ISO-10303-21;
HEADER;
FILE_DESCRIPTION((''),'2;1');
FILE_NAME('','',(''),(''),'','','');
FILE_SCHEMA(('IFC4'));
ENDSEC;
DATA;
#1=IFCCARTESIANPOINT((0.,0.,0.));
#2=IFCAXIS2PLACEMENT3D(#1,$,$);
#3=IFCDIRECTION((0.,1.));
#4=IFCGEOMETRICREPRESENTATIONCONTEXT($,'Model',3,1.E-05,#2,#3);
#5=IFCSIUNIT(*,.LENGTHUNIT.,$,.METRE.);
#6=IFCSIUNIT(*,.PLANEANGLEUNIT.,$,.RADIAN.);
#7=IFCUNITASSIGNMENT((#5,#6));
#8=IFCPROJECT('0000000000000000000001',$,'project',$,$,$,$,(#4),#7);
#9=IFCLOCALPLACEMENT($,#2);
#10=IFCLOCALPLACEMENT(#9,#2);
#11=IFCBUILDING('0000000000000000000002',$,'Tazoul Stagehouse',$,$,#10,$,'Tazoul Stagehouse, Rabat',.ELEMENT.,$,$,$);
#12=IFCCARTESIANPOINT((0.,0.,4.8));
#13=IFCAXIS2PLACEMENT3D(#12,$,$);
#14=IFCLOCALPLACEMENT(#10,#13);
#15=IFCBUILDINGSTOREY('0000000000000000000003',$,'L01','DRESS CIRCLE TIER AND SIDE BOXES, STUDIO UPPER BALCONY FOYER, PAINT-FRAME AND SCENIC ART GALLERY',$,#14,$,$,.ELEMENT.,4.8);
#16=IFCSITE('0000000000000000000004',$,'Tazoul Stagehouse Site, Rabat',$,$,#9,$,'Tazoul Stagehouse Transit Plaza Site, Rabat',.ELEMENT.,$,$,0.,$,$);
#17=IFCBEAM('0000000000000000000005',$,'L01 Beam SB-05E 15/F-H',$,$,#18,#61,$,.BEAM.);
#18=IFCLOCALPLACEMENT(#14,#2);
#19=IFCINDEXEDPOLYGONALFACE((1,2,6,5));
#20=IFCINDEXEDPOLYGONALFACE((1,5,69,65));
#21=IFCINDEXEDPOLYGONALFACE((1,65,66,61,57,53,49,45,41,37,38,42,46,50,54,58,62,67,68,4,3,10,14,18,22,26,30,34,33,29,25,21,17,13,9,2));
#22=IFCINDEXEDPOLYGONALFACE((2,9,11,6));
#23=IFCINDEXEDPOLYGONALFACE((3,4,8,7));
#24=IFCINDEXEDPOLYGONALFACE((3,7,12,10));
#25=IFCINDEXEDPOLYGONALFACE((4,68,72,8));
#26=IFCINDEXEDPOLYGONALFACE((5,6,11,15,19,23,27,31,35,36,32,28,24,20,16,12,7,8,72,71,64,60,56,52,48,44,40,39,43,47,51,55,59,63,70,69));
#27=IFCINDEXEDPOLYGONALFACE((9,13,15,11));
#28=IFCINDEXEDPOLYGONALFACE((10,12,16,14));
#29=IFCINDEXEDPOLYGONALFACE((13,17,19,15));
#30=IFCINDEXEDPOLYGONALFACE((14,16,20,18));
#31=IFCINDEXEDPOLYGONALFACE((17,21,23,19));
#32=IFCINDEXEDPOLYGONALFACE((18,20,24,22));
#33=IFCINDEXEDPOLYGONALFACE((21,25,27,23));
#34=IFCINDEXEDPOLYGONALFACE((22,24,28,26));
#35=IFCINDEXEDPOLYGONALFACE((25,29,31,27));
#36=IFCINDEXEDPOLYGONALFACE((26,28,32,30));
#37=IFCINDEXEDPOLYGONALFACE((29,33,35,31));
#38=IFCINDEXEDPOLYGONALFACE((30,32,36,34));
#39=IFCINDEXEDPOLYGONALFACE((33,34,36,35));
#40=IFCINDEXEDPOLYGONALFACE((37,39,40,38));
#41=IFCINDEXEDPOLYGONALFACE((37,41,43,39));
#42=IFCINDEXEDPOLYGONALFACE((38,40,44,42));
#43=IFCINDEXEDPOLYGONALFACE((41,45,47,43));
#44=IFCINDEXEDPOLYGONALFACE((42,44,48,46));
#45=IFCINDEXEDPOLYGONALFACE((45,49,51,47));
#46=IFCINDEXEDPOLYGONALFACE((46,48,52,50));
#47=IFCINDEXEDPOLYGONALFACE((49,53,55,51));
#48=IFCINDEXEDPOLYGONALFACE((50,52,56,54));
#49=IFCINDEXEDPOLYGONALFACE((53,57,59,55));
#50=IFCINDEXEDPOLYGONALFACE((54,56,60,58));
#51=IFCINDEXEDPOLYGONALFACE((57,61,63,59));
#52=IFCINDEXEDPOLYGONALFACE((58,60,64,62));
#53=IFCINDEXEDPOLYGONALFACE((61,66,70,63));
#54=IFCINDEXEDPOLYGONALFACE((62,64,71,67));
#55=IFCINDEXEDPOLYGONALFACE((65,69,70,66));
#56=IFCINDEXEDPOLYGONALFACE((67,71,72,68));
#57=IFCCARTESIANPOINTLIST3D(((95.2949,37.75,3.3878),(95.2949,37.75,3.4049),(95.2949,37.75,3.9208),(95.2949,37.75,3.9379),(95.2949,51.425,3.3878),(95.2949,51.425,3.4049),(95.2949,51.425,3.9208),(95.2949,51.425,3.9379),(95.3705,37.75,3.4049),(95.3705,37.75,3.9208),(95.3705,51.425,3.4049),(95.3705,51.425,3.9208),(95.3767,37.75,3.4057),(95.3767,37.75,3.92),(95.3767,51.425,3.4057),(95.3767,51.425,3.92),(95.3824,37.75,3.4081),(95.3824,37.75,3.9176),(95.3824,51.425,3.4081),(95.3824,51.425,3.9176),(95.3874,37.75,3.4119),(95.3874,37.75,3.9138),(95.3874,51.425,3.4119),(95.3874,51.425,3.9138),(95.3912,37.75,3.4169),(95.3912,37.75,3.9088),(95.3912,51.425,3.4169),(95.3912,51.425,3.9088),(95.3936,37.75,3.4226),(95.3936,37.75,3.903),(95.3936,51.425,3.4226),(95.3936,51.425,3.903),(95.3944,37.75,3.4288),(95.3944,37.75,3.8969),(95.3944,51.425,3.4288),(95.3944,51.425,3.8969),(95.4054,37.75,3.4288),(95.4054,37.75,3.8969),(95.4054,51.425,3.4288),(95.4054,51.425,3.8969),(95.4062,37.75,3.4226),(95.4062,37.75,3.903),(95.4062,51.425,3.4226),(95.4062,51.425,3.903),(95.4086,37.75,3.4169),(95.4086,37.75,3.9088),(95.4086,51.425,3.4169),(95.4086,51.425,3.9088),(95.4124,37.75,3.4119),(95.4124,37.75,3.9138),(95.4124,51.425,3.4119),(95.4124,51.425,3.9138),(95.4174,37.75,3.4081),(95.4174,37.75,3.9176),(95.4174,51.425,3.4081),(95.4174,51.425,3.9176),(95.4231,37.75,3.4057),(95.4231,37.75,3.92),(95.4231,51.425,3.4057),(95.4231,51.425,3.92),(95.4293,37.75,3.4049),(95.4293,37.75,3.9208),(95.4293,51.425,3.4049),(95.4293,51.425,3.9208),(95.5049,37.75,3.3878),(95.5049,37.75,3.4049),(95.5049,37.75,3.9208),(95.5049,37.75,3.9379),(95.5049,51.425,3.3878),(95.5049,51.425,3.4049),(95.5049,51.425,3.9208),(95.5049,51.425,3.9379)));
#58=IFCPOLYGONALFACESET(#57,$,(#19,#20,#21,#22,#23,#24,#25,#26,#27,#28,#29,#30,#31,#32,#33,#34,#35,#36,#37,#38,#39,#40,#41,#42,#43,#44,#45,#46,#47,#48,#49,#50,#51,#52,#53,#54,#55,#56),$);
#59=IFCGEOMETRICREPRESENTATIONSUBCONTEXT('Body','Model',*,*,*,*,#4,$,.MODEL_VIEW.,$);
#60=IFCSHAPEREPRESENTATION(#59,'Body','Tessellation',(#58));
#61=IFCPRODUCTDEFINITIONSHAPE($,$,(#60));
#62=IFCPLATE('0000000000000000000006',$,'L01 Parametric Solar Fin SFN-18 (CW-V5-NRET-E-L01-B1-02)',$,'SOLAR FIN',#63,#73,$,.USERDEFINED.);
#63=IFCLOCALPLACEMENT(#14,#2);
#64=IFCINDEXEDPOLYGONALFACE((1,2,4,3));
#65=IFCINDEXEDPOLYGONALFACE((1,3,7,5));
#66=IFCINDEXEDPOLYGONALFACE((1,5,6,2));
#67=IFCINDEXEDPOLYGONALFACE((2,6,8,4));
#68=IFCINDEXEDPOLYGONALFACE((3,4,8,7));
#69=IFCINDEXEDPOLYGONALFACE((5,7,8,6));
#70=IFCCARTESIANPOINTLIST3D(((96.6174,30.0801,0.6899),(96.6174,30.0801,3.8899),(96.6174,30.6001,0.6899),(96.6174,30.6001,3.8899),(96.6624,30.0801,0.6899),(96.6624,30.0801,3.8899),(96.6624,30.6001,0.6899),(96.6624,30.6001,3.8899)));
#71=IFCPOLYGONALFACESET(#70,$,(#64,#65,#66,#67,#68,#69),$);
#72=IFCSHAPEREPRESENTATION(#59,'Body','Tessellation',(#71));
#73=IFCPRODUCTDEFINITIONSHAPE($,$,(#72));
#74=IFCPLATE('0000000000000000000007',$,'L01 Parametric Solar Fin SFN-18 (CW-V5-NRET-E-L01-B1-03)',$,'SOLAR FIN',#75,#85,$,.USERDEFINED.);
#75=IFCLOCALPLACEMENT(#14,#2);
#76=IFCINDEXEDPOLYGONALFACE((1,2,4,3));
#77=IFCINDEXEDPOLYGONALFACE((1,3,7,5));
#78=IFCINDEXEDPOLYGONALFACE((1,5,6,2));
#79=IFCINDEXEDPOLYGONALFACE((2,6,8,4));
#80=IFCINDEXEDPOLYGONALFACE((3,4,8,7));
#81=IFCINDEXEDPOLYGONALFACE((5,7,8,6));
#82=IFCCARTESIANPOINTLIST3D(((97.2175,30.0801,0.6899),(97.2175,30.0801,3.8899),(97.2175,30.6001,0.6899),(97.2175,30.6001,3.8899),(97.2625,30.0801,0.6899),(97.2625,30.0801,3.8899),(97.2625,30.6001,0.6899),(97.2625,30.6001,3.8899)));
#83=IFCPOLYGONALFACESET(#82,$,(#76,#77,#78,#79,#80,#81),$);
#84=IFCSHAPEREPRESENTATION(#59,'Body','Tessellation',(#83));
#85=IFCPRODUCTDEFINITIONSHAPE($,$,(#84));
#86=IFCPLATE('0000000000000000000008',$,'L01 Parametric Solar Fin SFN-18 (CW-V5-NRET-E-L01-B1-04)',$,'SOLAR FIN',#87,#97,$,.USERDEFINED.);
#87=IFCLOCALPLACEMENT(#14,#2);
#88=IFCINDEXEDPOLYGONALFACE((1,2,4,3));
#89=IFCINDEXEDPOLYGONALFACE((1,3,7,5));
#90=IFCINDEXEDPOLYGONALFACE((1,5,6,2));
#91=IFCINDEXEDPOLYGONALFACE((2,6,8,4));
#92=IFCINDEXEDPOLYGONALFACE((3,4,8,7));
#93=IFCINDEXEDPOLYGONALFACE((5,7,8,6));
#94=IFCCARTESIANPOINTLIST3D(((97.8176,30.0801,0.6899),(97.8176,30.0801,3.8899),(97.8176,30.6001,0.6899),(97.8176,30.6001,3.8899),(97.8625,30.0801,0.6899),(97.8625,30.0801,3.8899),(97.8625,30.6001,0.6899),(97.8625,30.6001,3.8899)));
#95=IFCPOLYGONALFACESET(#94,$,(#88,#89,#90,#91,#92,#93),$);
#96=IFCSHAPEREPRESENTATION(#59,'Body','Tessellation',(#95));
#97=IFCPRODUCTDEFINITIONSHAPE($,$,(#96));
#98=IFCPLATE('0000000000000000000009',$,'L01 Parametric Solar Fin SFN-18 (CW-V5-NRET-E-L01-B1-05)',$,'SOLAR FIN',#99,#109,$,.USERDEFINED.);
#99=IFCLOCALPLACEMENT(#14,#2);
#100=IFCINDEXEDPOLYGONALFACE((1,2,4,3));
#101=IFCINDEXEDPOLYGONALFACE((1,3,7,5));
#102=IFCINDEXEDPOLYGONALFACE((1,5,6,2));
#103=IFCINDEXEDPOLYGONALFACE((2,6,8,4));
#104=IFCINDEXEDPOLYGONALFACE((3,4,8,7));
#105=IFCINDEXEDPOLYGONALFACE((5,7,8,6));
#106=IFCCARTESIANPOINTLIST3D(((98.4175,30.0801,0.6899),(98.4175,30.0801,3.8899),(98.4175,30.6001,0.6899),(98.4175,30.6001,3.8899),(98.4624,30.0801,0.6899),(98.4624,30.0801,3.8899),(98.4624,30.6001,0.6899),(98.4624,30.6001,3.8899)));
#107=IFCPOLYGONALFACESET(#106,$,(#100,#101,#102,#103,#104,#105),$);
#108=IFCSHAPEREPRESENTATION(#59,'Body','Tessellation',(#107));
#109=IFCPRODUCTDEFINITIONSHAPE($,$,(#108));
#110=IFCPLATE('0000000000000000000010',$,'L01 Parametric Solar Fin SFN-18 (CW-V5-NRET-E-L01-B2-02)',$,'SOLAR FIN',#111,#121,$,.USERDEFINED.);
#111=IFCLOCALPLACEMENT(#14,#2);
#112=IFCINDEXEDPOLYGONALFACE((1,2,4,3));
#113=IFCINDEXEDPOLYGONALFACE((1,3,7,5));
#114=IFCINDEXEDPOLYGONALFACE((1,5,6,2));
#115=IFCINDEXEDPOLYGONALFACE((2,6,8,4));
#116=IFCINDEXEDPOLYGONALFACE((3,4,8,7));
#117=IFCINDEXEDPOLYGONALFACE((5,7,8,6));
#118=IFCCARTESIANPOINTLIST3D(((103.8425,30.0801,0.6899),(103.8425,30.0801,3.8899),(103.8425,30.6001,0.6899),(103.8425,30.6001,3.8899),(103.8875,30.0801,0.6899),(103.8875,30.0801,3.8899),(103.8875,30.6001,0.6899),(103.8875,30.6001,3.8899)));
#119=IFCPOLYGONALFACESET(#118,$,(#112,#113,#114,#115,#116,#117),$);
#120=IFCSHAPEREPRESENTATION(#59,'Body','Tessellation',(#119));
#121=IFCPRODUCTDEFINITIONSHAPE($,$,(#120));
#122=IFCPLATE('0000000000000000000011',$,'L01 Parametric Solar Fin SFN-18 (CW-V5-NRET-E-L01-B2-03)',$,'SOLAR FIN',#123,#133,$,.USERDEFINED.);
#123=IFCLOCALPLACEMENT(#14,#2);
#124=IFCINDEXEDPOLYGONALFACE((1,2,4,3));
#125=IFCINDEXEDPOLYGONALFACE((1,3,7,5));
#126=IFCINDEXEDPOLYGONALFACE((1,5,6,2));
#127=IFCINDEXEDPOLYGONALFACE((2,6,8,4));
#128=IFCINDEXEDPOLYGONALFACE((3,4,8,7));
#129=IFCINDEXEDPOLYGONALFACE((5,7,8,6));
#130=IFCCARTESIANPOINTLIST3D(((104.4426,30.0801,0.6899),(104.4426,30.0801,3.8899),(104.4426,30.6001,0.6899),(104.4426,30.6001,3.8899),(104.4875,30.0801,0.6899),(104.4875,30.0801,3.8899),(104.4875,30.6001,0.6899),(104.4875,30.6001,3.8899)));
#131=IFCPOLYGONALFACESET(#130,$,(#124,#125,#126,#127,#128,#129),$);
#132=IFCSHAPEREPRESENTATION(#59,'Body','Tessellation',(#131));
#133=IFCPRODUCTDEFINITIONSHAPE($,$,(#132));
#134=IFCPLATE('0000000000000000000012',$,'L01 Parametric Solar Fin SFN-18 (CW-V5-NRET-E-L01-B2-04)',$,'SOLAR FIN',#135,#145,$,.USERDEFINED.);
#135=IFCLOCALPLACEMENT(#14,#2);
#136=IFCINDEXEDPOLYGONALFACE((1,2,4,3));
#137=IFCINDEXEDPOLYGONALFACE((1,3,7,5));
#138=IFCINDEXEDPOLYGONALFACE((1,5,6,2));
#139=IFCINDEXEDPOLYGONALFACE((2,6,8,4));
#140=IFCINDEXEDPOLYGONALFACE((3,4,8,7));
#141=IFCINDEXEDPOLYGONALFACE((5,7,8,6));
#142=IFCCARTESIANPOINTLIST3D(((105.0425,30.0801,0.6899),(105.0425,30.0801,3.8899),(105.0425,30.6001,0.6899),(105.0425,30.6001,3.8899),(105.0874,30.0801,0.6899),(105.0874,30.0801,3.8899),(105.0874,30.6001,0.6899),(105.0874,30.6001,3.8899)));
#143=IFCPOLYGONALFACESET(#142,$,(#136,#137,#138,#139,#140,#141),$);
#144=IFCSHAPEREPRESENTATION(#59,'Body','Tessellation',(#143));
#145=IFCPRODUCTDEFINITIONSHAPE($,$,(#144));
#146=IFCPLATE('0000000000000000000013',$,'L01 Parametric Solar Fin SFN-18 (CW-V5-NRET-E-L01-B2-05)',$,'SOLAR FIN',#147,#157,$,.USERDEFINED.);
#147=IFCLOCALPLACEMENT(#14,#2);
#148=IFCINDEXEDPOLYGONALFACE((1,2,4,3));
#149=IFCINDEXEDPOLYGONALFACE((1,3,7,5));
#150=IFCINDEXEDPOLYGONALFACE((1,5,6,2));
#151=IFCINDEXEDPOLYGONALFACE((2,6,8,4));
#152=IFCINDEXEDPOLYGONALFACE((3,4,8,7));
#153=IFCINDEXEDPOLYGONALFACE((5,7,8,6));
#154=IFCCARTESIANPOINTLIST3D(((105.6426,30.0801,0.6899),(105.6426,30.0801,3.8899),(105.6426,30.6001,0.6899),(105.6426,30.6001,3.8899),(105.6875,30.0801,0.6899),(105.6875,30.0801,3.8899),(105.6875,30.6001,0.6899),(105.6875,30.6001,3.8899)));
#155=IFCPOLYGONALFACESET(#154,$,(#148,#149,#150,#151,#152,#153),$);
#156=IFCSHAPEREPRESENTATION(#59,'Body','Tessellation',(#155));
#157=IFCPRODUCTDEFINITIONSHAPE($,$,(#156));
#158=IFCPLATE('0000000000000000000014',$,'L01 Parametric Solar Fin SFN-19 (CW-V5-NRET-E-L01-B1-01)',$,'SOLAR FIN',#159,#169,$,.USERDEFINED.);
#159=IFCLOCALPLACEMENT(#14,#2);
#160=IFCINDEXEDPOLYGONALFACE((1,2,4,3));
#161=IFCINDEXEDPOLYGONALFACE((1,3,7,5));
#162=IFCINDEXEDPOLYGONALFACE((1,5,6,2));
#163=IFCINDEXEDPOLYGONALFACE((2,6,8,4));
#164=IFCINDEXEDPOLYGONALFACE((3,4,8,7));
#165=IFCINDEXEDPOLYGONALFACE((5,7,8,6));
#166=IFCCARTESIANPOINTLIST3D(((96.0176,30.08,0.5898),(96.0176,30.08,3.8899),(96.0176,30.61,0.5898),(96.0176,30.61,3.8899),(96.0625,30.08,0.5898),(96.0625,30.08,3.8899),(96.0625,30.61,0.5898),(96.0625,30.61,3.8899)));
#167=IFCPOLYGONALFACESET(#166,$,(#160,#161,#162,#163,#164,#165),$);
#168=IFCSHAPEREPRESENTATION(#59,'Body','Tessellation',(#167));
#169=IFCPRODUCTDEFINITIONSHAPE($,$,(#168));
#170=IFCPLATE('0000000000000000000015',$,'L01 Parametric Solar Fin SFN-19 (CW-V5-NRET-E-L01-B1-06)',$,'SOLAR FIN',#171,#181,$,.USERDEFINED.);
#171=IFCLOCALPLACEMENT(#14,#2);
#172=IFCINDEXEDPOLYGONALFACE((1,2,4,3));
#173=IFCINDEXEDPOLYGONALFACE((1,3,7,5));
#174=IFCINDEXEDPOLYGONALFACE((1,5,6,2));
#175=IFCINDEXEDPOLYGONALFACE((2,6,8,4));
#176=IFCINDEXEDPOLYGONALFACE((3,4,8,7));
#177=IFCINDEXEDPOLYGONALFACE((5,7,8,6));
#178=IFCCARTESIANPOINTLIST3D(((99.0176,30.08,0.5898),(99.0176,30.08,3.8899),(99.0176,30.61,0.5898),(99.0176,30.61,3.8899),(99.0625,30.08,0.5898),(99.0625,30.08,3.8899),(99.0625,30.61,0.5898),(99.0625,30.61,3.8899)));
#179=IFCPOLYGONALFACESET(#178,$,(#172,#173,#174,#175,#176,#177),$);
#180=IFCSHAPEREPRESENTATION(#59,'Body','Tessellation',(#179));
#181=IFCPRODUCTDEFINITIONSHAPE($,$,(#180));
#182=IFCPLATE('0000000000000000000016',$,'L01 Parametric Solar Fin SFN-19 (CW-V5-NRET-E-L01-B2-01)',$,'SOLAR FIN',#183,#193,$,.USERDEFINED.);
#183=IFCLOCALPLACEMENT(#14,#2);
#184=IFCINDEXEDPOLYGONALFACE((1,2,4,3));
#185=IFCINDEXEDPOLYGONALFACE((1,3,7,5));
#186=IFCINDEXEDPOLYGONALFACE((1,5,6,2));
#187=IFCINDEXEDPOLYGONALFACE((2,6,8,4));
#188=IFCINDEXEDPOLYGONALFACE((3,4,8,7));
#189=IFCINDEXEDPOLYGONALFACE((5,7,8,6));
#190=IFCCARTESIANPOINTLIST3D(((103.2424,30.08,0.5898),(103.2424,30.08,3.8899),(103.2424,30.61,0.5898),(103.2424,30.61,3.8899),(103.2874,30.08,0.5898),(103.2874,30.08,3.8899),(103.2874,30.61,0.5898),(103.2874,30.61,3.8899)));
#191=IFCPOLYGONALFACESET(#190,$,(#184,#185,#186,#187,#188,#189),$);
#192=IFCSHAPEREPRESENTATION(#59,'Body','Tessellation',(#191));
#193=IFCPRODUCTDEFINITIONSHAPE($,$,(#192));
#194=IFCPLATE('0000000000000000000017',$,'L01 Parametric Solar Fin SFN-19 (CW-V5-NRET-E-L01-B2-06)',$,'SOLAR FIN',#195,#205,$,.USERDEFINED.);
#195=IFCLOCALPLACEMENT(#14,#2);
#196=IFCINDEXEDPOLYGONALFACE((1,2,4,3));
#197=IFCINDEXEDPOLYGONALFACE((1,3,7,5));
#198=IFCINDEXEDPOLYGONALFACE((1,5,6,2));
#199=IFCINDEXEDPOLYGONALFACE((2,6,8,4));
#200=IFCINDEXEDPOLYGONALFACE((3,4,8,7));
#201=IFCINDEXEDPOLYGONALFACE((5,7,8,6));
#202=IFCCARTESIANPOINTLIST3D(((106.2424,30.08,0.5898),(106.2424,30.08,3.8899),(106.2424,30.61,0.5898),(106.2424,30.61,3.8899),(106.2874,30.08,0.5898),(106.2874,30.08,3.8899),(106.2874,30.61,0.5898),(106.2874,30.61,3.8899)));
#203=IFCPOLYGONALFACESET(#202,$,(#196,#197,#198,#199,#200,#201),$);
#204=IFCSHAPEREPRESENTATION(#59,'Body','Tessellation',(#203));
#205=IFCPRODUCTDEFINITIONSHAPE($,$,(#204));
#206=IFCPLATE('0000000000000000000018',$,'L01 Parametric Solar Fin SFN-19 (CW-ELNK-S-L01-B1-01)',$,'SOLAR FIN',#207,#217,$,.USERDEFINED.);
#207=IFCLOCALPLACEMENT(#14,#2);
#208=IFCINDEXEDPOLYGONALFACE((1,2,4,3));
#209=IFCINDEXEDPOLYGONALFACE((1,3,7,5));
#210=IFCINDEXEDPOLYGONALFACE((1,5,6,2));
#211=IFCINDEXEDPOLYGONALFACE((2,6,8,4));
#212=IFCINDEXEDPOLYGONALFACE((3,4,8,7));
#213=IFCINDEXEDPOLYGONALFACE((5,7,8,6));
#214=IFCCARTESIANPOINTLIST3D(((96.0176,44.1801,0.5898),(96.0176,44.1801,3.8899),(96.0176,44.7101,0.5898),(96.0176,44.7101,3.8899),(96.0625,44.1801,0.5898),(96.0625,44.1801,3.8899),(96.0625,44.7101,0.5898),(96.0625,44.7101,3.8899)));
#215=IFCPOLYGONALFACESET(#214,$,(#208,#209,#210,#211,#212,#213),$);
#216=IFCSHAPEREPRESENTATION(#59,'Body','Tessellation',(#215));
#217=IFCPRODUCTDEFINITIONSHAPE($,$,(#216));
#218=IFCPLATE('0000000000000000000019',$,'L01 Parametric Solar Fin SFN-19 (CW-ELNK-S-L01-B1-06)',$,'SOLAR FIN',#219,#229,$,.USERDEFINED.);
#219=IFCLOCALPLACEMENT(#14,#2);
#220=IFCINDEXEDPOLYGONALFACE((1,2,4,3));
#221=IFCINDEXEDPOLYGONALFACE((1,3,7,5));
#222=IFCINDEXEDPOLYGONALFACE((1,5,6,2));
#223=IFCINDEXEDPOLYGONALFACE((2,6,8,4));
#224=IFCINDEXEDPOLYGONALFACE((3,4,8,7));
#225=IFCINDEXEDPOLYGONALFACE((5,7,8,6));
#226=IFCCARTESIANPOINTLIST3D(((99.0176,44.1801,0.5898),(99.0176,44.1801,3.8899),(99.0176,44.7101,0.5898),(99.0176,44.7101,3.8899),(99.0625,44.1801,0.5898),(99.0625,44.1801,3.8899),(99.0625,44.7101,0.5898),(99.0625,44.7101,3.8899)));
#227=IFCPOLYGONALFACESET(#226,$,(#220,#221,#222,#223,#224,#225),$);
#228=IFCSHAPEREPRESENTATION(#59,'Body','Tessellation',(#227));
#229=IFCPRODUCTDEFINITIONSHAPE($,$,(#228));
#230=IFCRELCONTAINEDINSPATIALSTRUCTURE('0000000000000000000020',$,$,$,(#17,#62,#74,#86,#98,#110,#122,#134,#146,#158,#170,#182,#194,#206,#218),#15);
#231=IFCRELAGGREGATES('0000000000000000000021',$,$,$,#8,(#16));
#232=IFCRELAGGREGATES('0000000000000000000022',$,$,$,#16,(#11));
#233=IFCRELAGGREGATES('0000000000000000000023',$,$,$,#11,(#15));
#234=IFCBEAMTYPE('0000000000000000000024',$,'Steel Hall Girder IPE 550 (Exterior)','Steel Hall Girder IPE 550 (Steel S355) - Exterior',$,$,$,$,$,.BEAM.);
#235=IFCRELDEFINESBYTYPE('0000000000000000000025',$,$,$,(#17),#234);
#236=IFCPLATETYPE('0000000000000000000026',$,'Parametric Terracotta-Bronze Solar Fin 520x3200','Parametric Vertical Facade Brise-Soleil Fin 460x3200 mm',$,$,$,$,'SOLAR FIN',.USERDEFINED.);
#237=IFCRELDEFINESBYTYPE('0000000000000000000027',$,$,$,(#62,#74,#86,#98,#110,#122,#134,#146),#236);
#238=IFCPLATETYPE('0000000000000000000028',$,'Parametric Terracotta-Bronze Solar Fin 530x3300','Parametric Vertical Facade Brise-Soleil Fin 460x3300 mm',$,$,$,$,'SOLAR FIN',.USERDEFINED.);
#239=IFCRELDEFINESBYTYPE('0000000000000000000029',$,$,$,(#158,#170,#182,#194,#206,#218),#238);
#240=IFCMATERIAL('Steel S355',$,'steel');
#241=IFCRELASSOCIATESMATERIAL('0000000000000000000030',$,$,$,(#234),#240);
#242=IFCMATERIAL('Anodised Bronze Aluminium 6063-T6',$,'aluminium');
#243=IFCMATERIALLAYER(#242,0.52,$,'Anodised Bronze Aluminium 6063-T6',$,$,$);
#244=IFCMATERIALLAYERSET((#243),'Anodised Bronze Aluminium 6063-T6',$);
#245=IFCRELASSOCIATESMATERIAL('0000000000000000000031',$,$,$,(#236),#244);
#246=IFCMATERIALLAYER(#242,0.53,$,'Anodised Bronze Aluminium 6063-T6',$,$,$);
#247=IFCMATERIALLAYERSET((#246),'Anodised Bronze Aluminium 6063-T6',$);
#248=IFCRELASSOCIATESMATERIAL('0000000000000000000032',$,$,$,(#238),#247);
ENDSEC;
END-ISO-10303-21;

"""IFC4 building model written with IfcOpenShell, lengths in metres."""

from ifc_helpers import new_model, si_unit, direction, frame, origin, origin_2d, place, context, subcontext, project, spatial, rectangle, i_section, extrude, material, layer, layer_set, material_profile, profile_set, type_object, element, save


model = new_model("IFC4")

# Units and contexts
model_context = context("Model", 3, precision=1e-05, world=origin(), true_north=direction((0.0, 1.0)))
body_context = subcontext(model_context, "Body", "Model", "MODEL_VIEW")
ifc_project = project(units=[si_unit("LENGTHUNIT", "METRE"), si_unit("PLANEANGLEUNIT", "RADIAN")], contexts=[model_context])

# Site, building, storey
site_placement = place(None, origin())
site = spatial("IfcSite", under=ifc_project, at=site_placement, Name="Tazoul Stagehouse Site, Rabat", LongName="Tazoul Stagehouse Transit Plaza Site, Rabat", CompositionType="ELEMENT", RefElevation=0.0)
building_placement = place(site_placement, origin())
building = spatial("IfcBuilding", under=site, at=building_placement, Name="Tazoul Stagehouse", LongName="Tazoul Stagehouse, Rabat", CompositionType="ELEMENT")
storey_placement = place(building_placement, frame((0.0, 0.0, 4.8)))
storey = spatial("IfcBuildingStorey", under=building, at=storey_placement, Name="L01", Description="DRESS CIRCLE TIER AND SIDE BOXES, STUDIO UPPER BALCONY FOYER, PAINT-FRAME AND SCENIC ART GALLERY", CompositionType="ELEMENT", Elevation=4.8)

# Beam
ifc_material_1 = material(Name="Steel S355", Category="steel")
ifc_material_profile_1 = material_profile(ifc_material_1, i_section(OverallWidth=0.21, OverallDepth=0.55, WebThickness=0.011, FlangeThickness=0.0171, FilletRadius=0.0239, at=origin_2d()), Name="IPE 550")
ifc_profile_set_1 = profile_set([ifc_material_profile_1], Name="Steel S355")
beam_type_1 = type_object("IfcBeamType", Name="Steel Hall Girder IPE 550 (Exterior)", Description="Steel Hall Girder IPE 550 (Steel S355) - Exterior", PredefinedType="BEAM", material=ifc_profile_set_1)
beam_1_placement = place(storey_placement, frame((95.3999, 37.75, 3.6628), z_axis=(0.0, 1.0, 0.0), x_axis=(-1.0, 0.0, 0.0)))
element("IfcBeam", 1, at=beam_1_placement, inside=storey, type_object=beam_type_1, Name="L01 Beam SB-05E 15/F-H", PredefinedType="BEAM", context=body_context, shape_type="SweptSolid", body=[
    extrude(i_section(OverallWidth=0.21, OverallDepth=0.55, WebThickness=0.011, FlangeThickness=0.0171, FilletRadius=0.0239, at=origin_2d()), origin(), (0.0, 0.0, 1.0), 13.675),
])

# Plates
ifc_material_2 = material(Name="Anodised Bronze Aluminium 6063-T6", Category="aluminium")
ifc_layer_1 = layer(ifc_material_2, 0.52, Name="Anodised Bronze Aluminium 6063-T6")
ifc_layer_set_1 = layer_set([ifc_layer_1], Name="Anodised Bronze Aluminium 6063-T6")
plate_type_1 = type_object("IfcPlateType", Name="Parametric Terracotta-Bronze Solar Fin 520x3200", Description="Parametric Vertical Facade Brise-Soleil Fin 460x3200 mm", ElementType="SOLAR FIN", PredefinedType="USERDEFINED", material=ifc_layer_set_1)
for number, where, z_axis, x_axis, name in (
    (2, (96.6399, 30.3401, 0.6899), (0.0, 0.0, 1.0), (1.0, 0.0, 0.0), "L01 Parametric Solar Fin SFN-18 (CW-V5-NRET-E-L01-B1-02)"),
    (3, (97.24, 30.3401, 0.6899), (0.0, 0.0, 1.0), (1.0, 0.0, 0.0), "L01 Parametric Solar Fin SFN-18 (CW-V5-NRET-E-L01-B1-03)"),
    (4, (97.8401, 30.3401, 0.6899), (0.0, 0.0, 1.0), (1.0, 0.0, 0.0), "L01 Parametric Solar Fin SFN-18 (CW-V5-NRET-E-L01-B1-04)"),
    (5, (98.4399, 30.3401, 0.6899), (0.0, 0.0, 1.0), (1.0, 0.0, 0.0), "L01 Parametric Solar Fin SFN-18 (CW-V5-NRET-E-L01-B1-05)"),
    (6, (103.865, 30.3401, 0.6899), (0.0, 0.0, 1.0), (1.0, 0.0, 0.0), "L01 Parametric Solar Fin SFN-18 (CW-V5-NRET-E-L01-B2-02)"),
    (7, (104.4651, 30.3401, 0.6899), (0.0, 0.0, 1.0), (1.0, 0.0, 0.0), "L01 Parametric Solar Fin SFN-18 (CW-V5-NRET-E-L01-B2-03)"),
    (8, (105.0649, 30.3401, 0.6899), (0.0, 0.0, 1.0), (1.0, 0.0, 0.0), "L01 Parametric Solar Fin SFN-18 (CW-V5-NRET-E-L01-B2-04)"),
    (9, (105.665, 30.3401, 0.6899), (0.0, 0.0, 1.0), (1.0, 0.0, 0.0), "L01 Parametric Solar Fin SFN-18 (CW-V5-NRET-E-L01-B2-05)"),
):
    element("IfcPlate", number, at=place(storey_placement, frame(where, z_axis=z_axis, x_axis=x_axis)), inside=storey, type_object=plate_type_1, Name=name, ObjectType="SOLAR FIN", PredefinedType="USERDEFINED", context=body_context, shape_type="SweptSolid", body=[
        extrude(rectangle(XDim=0.0449, YDim=0.52, at=origin_2d()), origin(), (0.0, 0.0, 1.0), 3.2),
    ])
ifc_layer_2 = layer(ifc_material_2, 0.53, Name="Anodised Bronze Aluminium 6063-T6")
ifc_layer_set_2 = layer_set([ifc_layer_2], Name="Anodised Bronze Aluminium 6063-T6")
plate_type_2 = type_object("IfcPlateType", Name="Parametric Terracotta-Bronze Solar Fin 530x3300", Description="Parametric Vertical Facade Brise-Soleil Fin 460x3300 mm", ElementType="SOLAR FIN", PredefinedType="USERDEFINED", material=ifc_layer_set_2)
for number, where, z_axis, x_axis, name in (
    (10, (96.04, 30.345, 0.5898), (0.0, 0.0, 1.0), (1.0, 0.0, 0.0), "L01 Parametric Solar Fin SFN-19 (CW-V5-NRET-E-L01-B1-01)"),
    (11, (99.04, 30.345, 0.5898), (0.0, 0.0, 1.0), (1.0, 0.0, 0.0), "L01 Parametric Solar Fin SFN-19 (CW-V5-NRET-E-L01-B1-06)"),
    (12, (103.2649, 30.345, 0.5898), (0.0, 0.0, 1.0), (1.0, 0.0, 0.0), "L01 Parametric Solar Fin SFN-19 (CW-V5-NRET-E-L01-B2-01)"),
    (13, (106.2649, 30.345, 0.5898), (0.0, 0.0, 1.0), (1.0, 0.0, 0.0), "L01 Parametric Solar Fin SFN-19 (CW-V5-NRET-E-L01-B2-06)"),
    (14, (96.04, 44.4451, 0.5898), (0.0, 0.0, 1.0), (1.0, 0.0, 0.0), "L01 Parametric Solar Fin SFN-19 (CW-ELNK-S-L01-B1-01)"),
    (15, (99.04, 44.4451, 0.5898), (0.0, 0.0, 1.0), (1.0, 0.0, 0.0), "L01 Parametric Solar Fin SFN-19 (CW-ELNK-S-L01-B1-06)"),
):
    element("IfcPlate", number, at=place(storey_placement, frame(where, z_axis=z_axis, x_axis=x_axis)), inside=storey, type_object=plate_type_2, Name=name, ObjectType="SOLAR FIN", PredefinedType="USERDEFINED", context=body_context, shape_type="SweptSolid", body=[
        extrude(rectangle(XDim=0.0449, YDim=0.53, at=origin_2d()), origin(), (0.0, 0.0, 1.0), 3.3),
    ])

save(model, "model.ifc")
